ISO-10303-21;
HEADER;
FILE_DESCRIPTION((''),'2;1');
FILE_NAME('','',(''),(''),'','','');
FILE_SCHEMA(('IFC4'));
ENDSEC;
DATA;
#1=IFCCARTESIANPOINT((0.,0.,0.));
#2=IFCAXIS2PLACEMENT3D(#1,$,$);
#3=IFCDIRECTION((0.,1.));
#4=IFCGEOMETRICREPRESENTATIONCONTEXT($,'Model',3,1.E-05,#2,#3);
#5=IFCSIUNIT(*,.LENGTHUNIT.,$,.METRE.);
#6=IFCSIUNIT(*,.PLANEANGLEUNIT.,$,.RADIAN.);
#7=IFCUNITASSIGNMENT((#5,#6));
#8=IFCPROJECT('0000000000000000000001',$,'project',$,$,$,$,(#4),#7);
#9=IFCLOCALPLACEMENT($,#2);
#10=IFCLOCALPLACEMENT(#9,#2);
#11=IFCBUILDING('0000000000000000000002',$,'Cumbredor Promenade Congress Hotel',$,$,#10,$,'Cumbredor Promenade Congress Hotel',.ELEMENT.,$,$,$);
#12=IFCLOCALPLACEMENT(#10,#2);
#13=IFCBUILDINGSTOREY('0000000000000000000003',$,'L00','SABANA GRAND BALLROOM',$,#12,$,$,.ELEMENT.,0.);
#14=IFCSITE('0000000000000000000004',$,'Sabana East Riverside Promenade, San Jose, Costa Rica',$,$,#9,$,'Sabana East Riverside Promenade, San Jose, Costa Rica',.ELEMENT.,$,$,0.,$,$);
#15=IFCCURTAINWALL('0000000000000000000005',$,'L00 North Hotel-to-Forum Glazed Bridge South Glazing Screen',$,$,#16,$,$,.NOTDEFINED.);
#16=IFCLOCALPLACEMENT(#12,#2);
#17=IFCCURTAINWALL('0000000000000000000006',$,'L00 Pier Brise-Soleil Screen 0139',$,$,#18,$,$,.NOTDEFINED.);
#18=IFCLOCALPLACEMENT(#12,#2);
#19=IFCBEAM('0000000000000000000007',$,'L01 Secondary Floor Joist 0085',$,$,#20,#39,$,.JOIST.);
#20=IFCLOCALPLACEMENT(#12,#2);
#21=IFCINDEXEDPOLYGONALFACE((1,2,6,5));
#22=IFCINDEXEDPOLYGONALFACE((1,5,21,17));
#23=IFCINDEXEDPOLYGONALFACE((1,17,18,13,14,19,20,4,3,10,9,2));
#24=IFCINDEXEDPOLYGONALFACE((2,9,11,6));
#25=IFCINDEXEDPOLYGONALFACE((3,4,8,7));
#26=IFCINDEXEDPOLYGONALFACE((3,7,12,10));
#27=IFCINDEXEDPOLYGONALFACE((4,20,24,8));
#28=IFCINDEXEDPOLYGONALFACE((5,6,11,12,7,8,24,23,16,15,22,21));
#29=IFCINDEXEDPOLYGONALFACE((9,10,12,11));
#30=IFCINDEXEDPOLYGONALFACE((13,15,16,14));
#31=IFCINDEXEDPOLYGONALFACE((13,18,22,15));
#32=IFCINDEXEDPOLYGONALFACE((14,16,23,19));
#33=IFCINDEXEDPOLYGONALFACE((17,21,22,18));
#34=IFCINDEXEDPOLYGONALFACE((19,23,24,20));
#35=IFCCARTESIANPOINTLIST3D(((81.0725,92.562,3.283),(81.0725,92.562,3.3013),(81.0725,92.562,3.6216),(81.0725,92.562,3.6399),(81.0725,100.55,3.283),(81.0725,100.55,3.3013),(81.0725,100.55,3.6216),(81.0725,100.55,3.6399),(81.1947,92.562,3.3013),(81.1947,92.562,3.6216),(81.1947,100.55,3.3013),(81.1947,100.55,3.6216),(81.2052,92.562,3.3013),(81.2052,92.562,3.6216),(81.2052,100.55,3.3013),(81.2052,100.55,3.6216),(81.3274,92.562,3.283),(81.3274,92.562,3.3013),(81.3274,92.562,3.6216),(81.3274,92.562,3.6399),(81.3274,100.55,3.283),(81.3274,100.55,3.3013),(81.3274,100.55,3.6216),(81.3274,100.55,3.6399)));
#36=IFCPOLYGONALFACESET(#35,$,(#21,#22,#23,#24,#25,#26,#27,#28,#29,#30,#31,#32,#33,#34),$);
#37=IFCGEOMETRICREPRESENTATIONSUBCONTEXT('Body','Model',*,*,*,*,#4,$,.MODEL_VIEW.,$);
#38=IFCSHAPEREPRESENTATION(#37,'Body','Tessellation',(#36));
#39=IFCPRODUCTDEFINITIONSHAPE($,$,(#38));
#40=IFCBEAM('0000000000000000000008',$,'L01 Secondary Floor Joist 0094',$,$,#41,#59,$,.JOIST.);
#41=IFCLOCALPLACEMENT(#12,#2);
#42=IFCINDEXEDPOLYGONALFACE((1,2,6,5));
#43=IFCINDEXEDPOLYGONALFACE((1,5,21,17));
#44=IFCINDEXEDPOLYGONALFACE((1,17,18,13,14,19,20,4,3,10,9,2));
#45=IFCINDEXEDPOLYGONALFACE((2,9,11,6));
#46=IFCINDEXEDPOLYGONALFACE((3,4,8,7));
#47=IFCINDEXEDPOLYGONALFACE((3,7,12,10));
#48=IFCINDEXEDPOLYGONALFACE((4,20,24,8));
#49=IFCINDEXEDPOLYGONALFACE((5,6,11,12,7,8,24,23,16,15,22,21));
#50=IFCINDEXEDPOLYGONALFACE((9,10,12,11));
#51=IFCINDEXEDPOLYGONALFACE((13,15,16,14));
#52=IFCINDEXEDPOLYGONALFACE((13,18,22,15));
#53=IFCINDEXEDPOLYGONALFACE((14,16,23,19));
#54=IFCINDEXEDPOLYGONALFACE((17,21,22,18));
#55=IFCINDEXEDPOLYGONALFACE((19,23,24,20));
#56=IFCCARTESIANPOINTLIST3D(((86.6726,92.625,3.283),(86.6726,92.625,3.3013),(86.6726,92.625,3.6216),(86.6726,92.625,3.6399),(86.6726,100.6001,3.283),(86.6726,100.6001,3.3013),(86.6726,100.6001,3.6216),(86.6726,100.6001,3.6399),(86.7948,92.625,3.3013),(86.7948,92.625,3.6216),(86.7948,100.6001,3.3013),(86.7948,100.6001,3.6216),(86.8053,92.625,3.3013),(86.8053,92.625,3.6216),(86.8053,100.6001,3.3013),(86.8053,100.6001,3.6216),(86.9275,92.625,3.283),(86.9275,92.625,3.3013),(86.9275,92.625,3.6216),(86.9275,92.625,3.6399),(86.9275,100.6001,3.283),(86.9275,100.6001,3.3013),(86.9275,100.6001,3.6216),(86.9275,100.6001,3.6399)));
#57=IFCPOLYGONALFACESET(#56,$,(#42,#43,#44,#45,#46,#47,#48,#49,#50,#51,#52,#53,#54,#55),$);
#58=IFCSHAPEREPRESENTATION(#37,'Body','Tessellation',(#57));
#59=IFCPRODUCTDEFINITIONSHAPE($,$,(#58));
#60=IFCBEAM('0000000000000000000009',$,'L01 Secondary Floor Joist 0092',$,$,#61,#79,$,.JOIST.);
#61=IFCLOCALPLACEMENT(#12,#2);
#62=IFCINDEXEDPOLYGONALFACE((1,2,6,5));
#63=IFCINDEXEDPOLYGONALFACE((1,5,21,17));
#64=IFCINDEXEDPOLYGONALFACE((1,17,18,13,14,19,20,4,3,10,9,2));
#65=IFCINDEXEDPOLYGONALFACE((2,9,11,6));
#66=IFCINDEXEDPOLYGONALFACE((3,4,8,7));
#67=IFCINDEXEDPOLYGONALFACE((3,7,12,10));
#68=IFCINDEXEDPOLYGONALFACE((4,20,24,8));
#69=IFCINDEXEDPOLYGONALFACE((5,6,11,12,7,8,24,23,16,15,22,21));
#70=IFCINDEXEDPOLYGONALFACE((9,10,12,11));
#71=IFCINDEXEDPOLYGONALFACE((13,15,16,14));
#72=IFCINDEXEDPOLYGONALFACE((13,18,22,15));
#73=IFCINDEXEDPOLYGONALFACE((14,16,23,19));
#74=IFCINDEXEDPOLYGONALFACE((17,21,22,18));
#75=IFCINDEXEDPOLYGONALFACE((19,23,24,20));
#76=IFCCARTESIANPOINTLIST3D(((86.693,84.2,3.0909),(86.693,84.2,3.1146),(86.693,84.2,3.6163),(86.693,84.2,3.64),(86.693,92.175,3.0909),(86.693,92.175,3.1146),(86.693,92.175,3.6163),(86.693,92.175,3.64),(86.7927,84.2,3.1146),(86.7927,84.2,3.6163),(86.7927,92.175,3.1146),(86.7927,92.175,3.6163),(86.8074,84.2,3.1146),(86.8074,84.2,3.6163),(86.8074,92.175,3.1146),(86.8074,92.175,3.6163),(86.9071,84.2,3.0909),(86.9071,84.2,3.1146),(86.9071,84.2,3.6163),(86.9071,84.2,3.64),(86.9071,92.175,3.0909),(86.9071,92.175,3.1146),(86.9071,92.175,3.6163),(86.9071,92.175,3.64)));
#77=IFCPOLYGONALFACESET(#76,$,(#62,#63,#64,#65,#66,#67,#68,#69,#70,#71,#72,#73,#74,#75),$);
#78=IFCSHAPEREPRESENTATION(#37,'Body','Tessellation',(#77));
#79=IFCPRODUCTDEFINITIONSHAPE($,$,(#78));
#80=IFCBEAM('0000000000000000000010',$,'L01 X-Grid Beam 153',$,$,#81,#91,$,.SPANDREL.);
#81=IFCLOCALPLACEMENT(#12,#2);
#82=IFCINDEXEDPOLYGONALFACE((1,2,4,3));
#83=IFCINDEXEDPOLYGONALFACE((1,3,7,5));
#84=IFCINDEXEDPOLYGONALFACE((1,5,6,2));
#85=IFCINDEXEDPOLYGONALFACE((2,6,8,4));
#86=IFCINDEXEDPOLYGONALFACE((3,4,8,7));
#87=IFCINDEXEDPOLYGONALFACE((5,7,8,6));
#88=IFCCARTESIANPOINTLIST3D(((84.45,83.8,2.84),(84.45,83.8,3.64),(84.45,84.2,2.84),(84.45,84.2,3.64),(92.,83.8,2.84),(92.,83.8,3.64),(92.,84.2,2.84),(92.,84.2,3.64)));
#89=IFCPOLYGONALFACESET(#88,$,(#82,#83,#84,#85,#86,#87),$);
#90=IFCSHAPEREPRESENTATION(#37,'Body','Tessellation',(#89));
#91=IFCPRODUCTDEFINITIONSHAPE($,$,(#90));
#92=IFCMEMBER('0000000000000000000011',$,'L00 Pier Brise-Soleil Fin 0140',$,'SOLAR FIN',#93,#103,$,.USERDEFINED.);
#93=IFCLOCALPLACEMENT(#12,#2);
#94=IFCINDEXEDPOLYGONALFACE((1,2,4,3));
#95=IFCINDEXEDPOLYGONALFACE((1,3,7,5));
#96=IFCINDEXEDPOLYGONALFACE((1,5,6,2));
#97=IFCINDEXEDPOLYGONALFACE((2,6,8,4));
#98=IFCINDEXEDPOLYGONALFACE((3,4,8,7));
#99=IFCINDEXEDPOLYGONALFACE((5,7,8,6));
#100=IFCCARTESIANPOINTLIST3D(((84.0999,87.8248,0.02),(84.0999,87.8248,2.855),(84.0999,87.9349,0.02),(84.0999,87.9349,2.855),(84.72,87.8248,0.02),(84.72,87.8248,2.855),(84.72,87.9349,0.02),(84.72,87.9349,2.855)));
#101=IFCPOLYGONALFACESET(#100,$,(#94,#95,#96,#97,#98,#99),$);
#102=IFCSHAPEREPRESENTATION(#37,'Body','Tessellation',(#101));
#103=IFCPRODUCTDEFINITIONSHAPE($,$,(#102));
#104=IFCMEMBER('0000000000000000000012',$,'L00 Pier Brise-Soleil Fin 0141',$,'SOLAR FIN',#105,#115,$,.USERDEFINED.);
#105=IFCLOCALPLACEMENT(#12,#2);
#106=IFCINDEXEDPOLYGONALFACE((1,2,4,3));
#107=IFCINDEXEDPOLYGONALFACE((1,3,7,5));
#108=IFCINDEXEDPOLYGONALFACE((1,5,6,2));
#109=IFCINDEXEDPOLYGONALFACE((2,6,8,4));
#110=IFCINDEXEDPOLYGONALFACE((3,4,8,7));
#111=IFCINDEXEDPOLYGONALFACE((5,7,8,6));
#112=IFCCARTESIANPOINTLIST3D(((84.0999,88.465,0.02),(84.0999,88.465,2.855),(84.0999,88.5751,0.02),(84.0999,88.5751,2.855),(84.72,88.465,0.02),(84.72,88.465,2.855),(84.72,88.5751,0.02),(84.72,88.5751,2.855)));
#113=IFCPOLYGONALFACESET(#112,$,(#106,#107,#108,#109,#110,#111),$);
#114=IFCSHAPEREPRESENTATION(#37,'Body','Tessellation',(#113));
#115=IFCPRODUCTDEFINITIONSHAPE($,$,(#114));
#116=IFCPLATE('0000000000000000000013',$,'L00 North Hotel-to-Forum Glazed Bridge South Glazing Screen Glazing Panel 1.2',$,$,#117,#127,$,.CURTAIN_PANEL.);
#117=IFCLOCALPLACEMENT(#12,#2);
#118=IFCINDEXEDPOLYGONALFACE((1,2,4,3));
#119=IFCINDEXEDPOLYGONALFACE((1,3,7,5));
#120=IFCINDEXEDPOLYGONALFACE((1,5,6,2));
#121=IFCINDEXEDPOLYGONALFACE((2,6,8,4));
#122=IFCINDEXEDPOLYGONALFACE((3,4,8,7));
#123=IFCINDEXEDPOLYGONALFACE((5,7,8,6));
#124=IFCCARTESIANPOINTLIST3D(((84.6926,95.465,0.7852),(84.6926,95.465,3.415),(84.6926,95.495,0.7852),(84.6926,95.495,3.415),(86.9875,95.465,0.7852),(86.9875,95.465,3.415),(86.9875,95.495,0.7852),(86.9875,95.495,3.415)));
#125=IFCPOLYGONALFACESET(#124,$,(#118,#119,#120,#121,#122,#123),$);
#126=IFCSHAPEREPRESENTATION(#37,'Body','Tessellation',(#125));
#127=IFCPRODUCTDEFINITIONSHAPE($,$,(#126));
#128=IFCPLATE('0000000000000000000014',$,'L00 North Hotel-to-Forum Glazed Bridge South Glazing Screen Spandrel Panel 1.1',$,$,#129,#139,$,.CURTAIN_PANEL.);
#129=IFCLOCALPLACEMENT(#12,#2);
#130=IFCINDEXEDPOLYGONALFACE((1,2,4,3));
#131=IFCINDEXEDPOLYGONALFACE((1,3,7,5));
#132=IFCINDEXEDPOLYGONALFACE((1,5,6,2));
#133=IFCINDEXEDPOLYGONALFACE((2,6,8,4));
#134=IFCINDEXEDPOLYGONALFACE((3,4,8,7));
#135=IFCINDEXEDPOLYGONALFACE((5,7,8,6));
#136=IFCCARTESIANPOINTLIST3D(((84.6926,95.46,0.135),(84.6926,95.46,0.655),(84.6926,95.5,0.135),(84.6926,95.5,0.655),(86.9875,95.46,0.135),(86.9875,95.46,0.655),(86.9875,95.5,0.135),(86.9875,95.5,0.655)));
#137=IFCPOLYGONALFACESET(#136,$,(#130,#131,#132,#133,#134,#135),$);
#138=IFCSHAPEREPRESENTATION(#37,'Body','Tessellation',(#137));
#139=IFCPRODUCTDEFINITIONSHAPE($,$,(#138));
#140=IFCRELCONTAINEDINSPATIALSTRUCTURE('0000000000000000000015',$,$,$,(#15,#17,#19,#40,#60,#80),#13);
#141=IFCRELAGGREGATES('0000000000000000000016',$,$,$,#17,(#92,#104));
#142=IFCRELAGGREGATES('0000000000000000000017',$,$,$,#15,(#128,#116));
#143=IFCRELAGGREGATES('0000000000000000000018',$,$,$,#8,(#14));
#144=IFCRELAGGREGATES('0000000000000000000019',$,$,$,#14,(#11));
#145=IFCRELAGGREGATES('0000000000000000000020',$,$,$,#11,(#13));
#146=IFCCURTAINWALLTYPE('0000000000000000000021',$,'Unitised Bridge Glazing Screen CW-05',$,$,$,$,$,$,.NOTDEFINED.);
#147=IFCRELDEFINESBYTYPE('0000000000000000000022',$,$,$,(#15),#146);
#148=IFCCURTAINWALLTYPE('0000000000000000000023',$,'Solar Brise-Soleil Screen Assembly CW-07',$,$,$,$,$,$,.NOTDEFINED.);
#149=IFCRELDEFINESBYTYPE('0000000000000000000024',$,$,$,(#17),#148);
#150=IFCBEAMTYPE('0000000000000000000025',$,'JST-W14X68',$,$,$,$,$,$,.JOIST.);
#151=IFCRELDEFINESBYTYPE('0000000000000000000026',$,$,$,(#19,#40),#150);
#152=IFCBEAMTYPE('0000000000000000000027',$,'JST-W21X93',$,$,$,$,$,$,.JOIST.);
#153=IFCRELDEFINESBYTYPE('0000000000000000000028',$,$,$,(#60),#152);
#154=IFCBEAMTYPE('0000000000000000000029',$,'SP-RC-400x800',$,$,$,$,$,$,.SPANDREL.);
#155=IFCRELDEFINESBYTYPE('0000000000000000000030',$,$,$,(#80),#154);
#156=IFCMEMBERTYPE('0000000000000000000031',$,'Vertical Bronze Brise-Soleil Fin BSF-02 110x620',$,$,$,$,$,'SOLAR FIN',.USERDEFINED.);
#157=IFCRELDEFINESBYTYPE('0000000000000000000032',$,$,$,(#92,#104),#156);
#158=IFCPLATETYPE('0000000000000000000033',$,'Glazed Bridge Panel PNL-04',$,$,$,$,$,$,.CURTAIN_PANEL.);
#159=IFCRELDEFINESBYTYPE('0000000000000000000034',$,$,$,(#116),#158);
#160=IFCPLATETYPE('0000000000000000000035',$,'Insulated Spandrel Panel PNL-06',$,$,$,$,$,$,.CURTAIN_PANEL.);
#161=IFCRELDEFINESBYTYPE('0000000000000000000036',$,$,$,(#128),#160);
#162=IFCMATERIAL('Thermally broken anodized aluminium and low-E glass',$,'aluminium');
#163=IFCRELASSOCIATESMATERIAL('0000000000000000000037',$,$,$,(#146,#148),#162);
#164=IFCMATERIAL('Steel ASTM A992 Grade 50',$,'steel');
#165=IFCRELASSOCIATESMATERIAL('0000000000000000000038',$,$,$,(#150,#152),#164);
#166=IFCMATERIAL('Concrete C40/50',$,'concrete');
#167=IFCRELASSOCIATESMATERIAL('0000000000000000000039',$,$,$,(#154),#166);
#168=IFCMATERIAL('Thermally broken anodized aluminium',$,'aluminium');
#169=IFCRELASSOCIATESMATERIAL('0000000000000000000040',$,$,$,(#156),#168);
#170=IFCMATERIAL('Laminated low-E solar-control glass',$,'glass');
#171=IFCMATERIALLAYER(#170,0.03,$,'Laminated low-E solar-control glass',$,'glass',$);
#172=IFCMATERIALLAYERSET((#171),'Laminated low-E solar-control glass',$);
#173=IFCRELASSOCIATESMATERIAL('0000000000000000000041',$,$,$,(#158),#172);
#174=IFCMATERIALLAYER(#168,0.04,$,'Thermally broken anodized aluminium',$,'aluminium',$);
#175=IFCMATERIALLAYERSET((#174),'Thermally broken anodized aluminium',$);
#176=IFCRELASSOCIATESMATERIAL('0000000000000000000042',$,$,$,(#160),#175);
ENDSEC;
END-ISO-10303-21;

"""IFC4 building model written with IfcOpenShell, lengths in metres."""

from ifc_helpers import new_model, si_unit, direction, frame, origin, origin_2d, place, context, subcontext, project, spatial, rectangle, i_section, extrude, material, layer, layer_set, material_profile, profile_set, type_object, element, aggregate, save


model = new_model("IFC4")

# Units and contexts
model_context = context("Model", 3, precision=1e-05, world=origin(), true_north=direction((0.0, 1.0)))
body_context = subcontext(model_context, "Body", "Model", "MODEL_VIEW")
ifc_project = project(units=[si_unit("LENGTHUNIT", "METRE"), si_unit("PLANEANGLEUNIT", "RADIAN")], contexts=[model_context])

# Site, building, storey
site_placement = place(None, origin())
site = spatial("IfcSite", under=ifc_project, at=site_placement, Name="Sabana East Riverside Promenade, San Jose, Costa Rica", LongName="Sabana East Riverside Promenade, San Jose, Costa Rica", CompositionType="ELEMENT", RefElevation=0.0)
building_placement = place(site_placement, origin())
building = spatial("IfcBuilding", under=site, at=building_placement, Name="Cumbredor Promenade Congress Hotel", LongName="Cumbredor Promenade Congress Hotel", CompositionType="ELEMENT")
storey_placement = place(building_placement, origin())
storey = spatial("IfcBuildingStorey", under=building, at=storey_placement, Name="L00", Description="SABANA GRAND BALLROOM", CompositionType="ELEMENT", Elevation=0.0)

# Shared definitions
ifc_material_1 = material(Name="Concrete C40/50", Category="concrete")

# Curtain wall
ifc_material_2 = material(Name="Thermally broken anodized aluminium and low-E glass", Category="aluminium")
curtain_wall_type_1 = type_object("IfcCurtainWallType", Name="Unitised Bridge Glazing Screen CW-05", PredefinedType="NOTDEFINED", material=ifc_material_2)
curtain_wall_1_placement = place(storey_placement, origin())
curtain_wall_1 = element("IfcCurtainWall", 1, at=curtain_wall_1_placement, inside=storey, type_object=curtain_wall_type_1, Name="L00 North Hotel-to-Forum Glazed Bridge South Glazing Screen", PredefinedType="NOTDEFINED")
ifc_material_3 = material(Name="Thermally broken anodized aluminium", Category="aluminium")

# Curtain wall
curtain_wall_type_2 = type_object("IfcCurtainWallType", Name="Solar Brise-Soleil Screen Assembly CW-07", PredefinedType="NOTDEFINED", material=ifc_material_2)
curtain_wall_2_placement = place(storey_placement, origin())
curtain_wall_2 = element("IfcCurtainWall", 2, at=curtain_wall_2_placement, inside=storey, type_object=curtain_wall_type_2, Name="L00 Pier Brise-Soleil Screen 0139", PredefinedType="NOTDEFINED")

# Beams
ifc_material_4 = material(Name="Steel ASTM A992 Grade 50", Category="steel")
ifc_material_profile_1 = material_profile(ifc_material_4, i_section(OverallWidth=0.2549, OverallDepth=0.3569, WebThickness=0.0105, FlangeThickness=0.0183, at=origin_2d()), Name="W14X68")
ifc_profile_set_1 = profile_set([ifc_material_profile_1], Name="Steel ASTM A992 Grade 50")
beam_type_1 = type_object("IfcBeamType", Name="JST-W14X68", PredefinedType="JOIST", material=ifc_profile_set_1)
beam_1_placement = place(storey_placement, frame((81.2, 92.562, 3.4614), z_axis=(0.0, 1.0, 0.0), x_axis=(-1.0, 0.0, 0.0)))
element("IfcBeam", 3, at=beam_1_placement, inside=storey, type_object=beam_type_1, Name="L01 Secondary Floor Joist 0085", PredefinedType="JOIST", context=body_context, shape_type="SweptSolid", body=[
    extrude(i_section(OverallWidth=0.2549, OverallDepth=0.3569, WebThickness=0.0105, FlangeThickness=0.0183, at=origin_2d()), origin(), (0.0, 0.0, 1.0), 7.988),
])
beam_2_placement = place(storey_placement, frame((86.8, 92.625, 3.4614), z_axis=(0.0, 1.0, 0.0), x_axis=(-1.0, 0.0, 0.0)))
element("IfcBeam", 4, at=beam_2_placement, inside=storey, type_object=beam_type_1, Name="L01 Secondary Floor Joist 0094", PredefinedType="JOIST", context=body_context, shape_type="SweptSolid", body=[
    extrude(i_section(OverallWidth=0.2549, OverallDepth=0.3569, WebThickness=0.0105, FlangeThickness=0.0183, at=origin_2d()), origin(), (0.0, 0.0, 1.0), 7.9751),
])
ifc_material_profile_2 = material_profile(ifc_material_4, i_section(OverallWidth=0.2141, OverallDepth=0.5491, WebThickness=0.0146, FlangeThickness=0.0237, at=origin_2d()), Name="W21X93")
ifc_profile_set_2 = profile_set([ifc_material_profile_2], Name="Steel ASTM A992 Grade 50")
beam_type_2 = type_object("IfcBeamType", Name="JST-W21X93", PredefinedType="JOIST", material=ifc_profile_set_2)
beam_3_placement = place(storey_placement, frame((86.8, 84.2, 3.3655), z_axis=(0.0, 1.0, 0.0), x_axis=(-1.0, 0.0, 0.0)))
element("IfcBeam", 5, at=beam_3_placement, inside=storey, type_object=beam_type_2, Name="L01 Secondary Floor Joist 0092", PredefinedType="JOIST", context=body_context, shape_type="SweptSolid", body=[
    extrude(i_section(OverallWidth=0.2141, OverallDepth=0.5491, WebThickness=0.0146, FlangeThickness=0.0237, at=origin_2d()), origin(), (0.0, 0.0, 1.0), 7.9751),
])
ifc_material_profile_3 = material_profile(ifc_material_1, rectangle(XDim=0.3999, YDim=0.8, at=origin_2d()), Name="RC SPANDREL 400x800")
ifc_profile_set_3 = profile_set([ifc_material_profile_3], Name="Concrete C40/50")
beam_type_3 = type_object("IfcBeamType", Name="SP-RC-400x800", PredefinedType="SPANDREL", material=ifc_profile_set_3)
beam_4_placement = place(storey_placement, frame((84.45, 84.0, 3.24), z_axis=(1.0, 0.0, 0.0), x_axis=(0.0, 1.0, 0.0)))
element("IfcBeam", 6, at=beam_4_placement, inside=storey, type_object=beam_type_3, Name="L01 X-Grid Beam 153", PredefinedType="SPANDREL", context=body_context, shape_type="SweptSolid", body=[
    extrude(rectangle(XDim=0.3999, YDim=0.8, at=origin_2d()), origin(), (0.0, 0.0, 1.0), 7.55),
])

# Members
ifc_material_profile_4 = material_profile(ifc_material_3, rectangle(XDim=0.1101, YDim=0.6201, at=origin_2d()), Name="ARCH FIN 110x620")
ifc_profile_set_4 = profile_set([ifc_material_profile_4], Name="Thermally broken anodized aluminium")
member_type_1 = type_object("IfcMemberType", Name="Vertical Bronze Brise-Soleil Fin BSF-02 110x620", ElementType="SOLAR FIN", PredefinedType="USERDEFINED", material=ifc_profile_set_4)
member_1_placement = place(storey_placement, frame((84.4099, 87.8799, 0.02), z_axis=(0.0, 0.0, 1.0), x_axis=(0.0, 1.0, 0.0)))
member_1 = element("IfcMember", 7, at=member_1_placement, type_object=member_type_1, Name="L00 Pier Brise-Soleil Fin 0140", ObjectType="SOLAR FIN", PredefinedType="USERDEFINED", context=body_context, shape_type="SweptSolid", body=[
    extrude(rectangle(XDim=0.1101, YDim=0.6201, at=origin_2d()), origin(), (0.0, 0.0, 1.0), 2.835),
])
member_2_placement = place(storey_placement, frame((84.4099, 88.52, 0.02), z_axis=(0.0, 0.0, 1.0), x_axis=(0.0, 1.0, 0.0)))
member_2 = element("IfcMember", 8, at=member_2_placement, type_object=member_type_1, Name="L00 Pier Brise-Soleil Fin 0141", ObjectType="SOLAR FIN", PredefinedType="USERDEFINED", context=body_context, shape_type="SweptSolid", body=[
    extrude(rectangle(XDim=0.1101, YDim=0.6201, at=origin_2d()), origin(), (0.0, 0.0, 1.0), 2.835),
])
aggregate(curtain_wall_2, [member_1, member_2])

# Plates
ifc_material_5 = material(Name="Laminated low-E solar-control glass", Category="glass")
ifc_layer_1 = layer(ifc_material_5, 0.03, Name="Laminated low-E solar-control glass", Category="glass")
ifc_layer_set_1 = layer_set([ifc_layer_1], Name="Laminated low-E solar-control glass")
plate_type_1 = type_object("IfcPlateType", Name="Glazed Bridge Panel PNL-04", PredefinedType="CURTAIN_PANEL", material=ifc_layer_set_1)
plate_1_placement = place(storey_placement, frame((85.8401, 95.48, 0.7852), z_axis=(0.0, 0.0, 1.0), x_axis=(1.0, 0.0, 0.0)))
plate_1 = element("IfcPlate", 9, at=plate_1_placement, type_object=plate_type_1, Name="L00 North Hotel-to-Forum Glazed Bridge South Glazing Screen Glazing Panel 1.2", PredefinedType="CURTAIN_PANEL", context=body_context, shape_type="SweptSolid", body=[
    extrude(rectangle(XDim=2.2949, YDim=0.03, at=origin_2d()), origin(), (0.0, 0.0, 1.0), 2.6299),
])
ifc_layer_2 = layer(ifc_material_3, 0.04, Name="Thermally broken anodized aluminium", Category="aluminium")
ifc_layer_set_2 = layer_set([ifc_layer_2], Name="Thermally broken anodized aluminium")
plate_type_2 = type_object("IfcPlateType", Name="Insulated Spandrel Panel PNL-06", PredefinedType="CURTAIN_PANEL", material=ifc_layer_set_2)
plate_2_placement = place(storey_placement, frame((85.8401, 95.48, 0.135), z_axis=(0.0, 0.0, 1.0), x_axis=(1.0, 0.0, 0.0)))
plate_2 = element("IfcPlate", 10, at=plate_2_placement, type_object=plate_type_2, Name="L00 North Hotel-to-Forum Glazed Bridge South Glazing Screen Spandrel Panel 1.1", PredefinedType="CURTAIN_PANEL", context=body_context, shape_type="SweptSolid", body=[
    extrude(rectangle(XDim=2.2949, YDim=0.04, at=origin_2d()), origin(), (0.0, 0.0, 1.0), 0.52),
])
aggregate(curtain_wall_1, [plate_2, plate_1])

save(model, "model.ifc")
